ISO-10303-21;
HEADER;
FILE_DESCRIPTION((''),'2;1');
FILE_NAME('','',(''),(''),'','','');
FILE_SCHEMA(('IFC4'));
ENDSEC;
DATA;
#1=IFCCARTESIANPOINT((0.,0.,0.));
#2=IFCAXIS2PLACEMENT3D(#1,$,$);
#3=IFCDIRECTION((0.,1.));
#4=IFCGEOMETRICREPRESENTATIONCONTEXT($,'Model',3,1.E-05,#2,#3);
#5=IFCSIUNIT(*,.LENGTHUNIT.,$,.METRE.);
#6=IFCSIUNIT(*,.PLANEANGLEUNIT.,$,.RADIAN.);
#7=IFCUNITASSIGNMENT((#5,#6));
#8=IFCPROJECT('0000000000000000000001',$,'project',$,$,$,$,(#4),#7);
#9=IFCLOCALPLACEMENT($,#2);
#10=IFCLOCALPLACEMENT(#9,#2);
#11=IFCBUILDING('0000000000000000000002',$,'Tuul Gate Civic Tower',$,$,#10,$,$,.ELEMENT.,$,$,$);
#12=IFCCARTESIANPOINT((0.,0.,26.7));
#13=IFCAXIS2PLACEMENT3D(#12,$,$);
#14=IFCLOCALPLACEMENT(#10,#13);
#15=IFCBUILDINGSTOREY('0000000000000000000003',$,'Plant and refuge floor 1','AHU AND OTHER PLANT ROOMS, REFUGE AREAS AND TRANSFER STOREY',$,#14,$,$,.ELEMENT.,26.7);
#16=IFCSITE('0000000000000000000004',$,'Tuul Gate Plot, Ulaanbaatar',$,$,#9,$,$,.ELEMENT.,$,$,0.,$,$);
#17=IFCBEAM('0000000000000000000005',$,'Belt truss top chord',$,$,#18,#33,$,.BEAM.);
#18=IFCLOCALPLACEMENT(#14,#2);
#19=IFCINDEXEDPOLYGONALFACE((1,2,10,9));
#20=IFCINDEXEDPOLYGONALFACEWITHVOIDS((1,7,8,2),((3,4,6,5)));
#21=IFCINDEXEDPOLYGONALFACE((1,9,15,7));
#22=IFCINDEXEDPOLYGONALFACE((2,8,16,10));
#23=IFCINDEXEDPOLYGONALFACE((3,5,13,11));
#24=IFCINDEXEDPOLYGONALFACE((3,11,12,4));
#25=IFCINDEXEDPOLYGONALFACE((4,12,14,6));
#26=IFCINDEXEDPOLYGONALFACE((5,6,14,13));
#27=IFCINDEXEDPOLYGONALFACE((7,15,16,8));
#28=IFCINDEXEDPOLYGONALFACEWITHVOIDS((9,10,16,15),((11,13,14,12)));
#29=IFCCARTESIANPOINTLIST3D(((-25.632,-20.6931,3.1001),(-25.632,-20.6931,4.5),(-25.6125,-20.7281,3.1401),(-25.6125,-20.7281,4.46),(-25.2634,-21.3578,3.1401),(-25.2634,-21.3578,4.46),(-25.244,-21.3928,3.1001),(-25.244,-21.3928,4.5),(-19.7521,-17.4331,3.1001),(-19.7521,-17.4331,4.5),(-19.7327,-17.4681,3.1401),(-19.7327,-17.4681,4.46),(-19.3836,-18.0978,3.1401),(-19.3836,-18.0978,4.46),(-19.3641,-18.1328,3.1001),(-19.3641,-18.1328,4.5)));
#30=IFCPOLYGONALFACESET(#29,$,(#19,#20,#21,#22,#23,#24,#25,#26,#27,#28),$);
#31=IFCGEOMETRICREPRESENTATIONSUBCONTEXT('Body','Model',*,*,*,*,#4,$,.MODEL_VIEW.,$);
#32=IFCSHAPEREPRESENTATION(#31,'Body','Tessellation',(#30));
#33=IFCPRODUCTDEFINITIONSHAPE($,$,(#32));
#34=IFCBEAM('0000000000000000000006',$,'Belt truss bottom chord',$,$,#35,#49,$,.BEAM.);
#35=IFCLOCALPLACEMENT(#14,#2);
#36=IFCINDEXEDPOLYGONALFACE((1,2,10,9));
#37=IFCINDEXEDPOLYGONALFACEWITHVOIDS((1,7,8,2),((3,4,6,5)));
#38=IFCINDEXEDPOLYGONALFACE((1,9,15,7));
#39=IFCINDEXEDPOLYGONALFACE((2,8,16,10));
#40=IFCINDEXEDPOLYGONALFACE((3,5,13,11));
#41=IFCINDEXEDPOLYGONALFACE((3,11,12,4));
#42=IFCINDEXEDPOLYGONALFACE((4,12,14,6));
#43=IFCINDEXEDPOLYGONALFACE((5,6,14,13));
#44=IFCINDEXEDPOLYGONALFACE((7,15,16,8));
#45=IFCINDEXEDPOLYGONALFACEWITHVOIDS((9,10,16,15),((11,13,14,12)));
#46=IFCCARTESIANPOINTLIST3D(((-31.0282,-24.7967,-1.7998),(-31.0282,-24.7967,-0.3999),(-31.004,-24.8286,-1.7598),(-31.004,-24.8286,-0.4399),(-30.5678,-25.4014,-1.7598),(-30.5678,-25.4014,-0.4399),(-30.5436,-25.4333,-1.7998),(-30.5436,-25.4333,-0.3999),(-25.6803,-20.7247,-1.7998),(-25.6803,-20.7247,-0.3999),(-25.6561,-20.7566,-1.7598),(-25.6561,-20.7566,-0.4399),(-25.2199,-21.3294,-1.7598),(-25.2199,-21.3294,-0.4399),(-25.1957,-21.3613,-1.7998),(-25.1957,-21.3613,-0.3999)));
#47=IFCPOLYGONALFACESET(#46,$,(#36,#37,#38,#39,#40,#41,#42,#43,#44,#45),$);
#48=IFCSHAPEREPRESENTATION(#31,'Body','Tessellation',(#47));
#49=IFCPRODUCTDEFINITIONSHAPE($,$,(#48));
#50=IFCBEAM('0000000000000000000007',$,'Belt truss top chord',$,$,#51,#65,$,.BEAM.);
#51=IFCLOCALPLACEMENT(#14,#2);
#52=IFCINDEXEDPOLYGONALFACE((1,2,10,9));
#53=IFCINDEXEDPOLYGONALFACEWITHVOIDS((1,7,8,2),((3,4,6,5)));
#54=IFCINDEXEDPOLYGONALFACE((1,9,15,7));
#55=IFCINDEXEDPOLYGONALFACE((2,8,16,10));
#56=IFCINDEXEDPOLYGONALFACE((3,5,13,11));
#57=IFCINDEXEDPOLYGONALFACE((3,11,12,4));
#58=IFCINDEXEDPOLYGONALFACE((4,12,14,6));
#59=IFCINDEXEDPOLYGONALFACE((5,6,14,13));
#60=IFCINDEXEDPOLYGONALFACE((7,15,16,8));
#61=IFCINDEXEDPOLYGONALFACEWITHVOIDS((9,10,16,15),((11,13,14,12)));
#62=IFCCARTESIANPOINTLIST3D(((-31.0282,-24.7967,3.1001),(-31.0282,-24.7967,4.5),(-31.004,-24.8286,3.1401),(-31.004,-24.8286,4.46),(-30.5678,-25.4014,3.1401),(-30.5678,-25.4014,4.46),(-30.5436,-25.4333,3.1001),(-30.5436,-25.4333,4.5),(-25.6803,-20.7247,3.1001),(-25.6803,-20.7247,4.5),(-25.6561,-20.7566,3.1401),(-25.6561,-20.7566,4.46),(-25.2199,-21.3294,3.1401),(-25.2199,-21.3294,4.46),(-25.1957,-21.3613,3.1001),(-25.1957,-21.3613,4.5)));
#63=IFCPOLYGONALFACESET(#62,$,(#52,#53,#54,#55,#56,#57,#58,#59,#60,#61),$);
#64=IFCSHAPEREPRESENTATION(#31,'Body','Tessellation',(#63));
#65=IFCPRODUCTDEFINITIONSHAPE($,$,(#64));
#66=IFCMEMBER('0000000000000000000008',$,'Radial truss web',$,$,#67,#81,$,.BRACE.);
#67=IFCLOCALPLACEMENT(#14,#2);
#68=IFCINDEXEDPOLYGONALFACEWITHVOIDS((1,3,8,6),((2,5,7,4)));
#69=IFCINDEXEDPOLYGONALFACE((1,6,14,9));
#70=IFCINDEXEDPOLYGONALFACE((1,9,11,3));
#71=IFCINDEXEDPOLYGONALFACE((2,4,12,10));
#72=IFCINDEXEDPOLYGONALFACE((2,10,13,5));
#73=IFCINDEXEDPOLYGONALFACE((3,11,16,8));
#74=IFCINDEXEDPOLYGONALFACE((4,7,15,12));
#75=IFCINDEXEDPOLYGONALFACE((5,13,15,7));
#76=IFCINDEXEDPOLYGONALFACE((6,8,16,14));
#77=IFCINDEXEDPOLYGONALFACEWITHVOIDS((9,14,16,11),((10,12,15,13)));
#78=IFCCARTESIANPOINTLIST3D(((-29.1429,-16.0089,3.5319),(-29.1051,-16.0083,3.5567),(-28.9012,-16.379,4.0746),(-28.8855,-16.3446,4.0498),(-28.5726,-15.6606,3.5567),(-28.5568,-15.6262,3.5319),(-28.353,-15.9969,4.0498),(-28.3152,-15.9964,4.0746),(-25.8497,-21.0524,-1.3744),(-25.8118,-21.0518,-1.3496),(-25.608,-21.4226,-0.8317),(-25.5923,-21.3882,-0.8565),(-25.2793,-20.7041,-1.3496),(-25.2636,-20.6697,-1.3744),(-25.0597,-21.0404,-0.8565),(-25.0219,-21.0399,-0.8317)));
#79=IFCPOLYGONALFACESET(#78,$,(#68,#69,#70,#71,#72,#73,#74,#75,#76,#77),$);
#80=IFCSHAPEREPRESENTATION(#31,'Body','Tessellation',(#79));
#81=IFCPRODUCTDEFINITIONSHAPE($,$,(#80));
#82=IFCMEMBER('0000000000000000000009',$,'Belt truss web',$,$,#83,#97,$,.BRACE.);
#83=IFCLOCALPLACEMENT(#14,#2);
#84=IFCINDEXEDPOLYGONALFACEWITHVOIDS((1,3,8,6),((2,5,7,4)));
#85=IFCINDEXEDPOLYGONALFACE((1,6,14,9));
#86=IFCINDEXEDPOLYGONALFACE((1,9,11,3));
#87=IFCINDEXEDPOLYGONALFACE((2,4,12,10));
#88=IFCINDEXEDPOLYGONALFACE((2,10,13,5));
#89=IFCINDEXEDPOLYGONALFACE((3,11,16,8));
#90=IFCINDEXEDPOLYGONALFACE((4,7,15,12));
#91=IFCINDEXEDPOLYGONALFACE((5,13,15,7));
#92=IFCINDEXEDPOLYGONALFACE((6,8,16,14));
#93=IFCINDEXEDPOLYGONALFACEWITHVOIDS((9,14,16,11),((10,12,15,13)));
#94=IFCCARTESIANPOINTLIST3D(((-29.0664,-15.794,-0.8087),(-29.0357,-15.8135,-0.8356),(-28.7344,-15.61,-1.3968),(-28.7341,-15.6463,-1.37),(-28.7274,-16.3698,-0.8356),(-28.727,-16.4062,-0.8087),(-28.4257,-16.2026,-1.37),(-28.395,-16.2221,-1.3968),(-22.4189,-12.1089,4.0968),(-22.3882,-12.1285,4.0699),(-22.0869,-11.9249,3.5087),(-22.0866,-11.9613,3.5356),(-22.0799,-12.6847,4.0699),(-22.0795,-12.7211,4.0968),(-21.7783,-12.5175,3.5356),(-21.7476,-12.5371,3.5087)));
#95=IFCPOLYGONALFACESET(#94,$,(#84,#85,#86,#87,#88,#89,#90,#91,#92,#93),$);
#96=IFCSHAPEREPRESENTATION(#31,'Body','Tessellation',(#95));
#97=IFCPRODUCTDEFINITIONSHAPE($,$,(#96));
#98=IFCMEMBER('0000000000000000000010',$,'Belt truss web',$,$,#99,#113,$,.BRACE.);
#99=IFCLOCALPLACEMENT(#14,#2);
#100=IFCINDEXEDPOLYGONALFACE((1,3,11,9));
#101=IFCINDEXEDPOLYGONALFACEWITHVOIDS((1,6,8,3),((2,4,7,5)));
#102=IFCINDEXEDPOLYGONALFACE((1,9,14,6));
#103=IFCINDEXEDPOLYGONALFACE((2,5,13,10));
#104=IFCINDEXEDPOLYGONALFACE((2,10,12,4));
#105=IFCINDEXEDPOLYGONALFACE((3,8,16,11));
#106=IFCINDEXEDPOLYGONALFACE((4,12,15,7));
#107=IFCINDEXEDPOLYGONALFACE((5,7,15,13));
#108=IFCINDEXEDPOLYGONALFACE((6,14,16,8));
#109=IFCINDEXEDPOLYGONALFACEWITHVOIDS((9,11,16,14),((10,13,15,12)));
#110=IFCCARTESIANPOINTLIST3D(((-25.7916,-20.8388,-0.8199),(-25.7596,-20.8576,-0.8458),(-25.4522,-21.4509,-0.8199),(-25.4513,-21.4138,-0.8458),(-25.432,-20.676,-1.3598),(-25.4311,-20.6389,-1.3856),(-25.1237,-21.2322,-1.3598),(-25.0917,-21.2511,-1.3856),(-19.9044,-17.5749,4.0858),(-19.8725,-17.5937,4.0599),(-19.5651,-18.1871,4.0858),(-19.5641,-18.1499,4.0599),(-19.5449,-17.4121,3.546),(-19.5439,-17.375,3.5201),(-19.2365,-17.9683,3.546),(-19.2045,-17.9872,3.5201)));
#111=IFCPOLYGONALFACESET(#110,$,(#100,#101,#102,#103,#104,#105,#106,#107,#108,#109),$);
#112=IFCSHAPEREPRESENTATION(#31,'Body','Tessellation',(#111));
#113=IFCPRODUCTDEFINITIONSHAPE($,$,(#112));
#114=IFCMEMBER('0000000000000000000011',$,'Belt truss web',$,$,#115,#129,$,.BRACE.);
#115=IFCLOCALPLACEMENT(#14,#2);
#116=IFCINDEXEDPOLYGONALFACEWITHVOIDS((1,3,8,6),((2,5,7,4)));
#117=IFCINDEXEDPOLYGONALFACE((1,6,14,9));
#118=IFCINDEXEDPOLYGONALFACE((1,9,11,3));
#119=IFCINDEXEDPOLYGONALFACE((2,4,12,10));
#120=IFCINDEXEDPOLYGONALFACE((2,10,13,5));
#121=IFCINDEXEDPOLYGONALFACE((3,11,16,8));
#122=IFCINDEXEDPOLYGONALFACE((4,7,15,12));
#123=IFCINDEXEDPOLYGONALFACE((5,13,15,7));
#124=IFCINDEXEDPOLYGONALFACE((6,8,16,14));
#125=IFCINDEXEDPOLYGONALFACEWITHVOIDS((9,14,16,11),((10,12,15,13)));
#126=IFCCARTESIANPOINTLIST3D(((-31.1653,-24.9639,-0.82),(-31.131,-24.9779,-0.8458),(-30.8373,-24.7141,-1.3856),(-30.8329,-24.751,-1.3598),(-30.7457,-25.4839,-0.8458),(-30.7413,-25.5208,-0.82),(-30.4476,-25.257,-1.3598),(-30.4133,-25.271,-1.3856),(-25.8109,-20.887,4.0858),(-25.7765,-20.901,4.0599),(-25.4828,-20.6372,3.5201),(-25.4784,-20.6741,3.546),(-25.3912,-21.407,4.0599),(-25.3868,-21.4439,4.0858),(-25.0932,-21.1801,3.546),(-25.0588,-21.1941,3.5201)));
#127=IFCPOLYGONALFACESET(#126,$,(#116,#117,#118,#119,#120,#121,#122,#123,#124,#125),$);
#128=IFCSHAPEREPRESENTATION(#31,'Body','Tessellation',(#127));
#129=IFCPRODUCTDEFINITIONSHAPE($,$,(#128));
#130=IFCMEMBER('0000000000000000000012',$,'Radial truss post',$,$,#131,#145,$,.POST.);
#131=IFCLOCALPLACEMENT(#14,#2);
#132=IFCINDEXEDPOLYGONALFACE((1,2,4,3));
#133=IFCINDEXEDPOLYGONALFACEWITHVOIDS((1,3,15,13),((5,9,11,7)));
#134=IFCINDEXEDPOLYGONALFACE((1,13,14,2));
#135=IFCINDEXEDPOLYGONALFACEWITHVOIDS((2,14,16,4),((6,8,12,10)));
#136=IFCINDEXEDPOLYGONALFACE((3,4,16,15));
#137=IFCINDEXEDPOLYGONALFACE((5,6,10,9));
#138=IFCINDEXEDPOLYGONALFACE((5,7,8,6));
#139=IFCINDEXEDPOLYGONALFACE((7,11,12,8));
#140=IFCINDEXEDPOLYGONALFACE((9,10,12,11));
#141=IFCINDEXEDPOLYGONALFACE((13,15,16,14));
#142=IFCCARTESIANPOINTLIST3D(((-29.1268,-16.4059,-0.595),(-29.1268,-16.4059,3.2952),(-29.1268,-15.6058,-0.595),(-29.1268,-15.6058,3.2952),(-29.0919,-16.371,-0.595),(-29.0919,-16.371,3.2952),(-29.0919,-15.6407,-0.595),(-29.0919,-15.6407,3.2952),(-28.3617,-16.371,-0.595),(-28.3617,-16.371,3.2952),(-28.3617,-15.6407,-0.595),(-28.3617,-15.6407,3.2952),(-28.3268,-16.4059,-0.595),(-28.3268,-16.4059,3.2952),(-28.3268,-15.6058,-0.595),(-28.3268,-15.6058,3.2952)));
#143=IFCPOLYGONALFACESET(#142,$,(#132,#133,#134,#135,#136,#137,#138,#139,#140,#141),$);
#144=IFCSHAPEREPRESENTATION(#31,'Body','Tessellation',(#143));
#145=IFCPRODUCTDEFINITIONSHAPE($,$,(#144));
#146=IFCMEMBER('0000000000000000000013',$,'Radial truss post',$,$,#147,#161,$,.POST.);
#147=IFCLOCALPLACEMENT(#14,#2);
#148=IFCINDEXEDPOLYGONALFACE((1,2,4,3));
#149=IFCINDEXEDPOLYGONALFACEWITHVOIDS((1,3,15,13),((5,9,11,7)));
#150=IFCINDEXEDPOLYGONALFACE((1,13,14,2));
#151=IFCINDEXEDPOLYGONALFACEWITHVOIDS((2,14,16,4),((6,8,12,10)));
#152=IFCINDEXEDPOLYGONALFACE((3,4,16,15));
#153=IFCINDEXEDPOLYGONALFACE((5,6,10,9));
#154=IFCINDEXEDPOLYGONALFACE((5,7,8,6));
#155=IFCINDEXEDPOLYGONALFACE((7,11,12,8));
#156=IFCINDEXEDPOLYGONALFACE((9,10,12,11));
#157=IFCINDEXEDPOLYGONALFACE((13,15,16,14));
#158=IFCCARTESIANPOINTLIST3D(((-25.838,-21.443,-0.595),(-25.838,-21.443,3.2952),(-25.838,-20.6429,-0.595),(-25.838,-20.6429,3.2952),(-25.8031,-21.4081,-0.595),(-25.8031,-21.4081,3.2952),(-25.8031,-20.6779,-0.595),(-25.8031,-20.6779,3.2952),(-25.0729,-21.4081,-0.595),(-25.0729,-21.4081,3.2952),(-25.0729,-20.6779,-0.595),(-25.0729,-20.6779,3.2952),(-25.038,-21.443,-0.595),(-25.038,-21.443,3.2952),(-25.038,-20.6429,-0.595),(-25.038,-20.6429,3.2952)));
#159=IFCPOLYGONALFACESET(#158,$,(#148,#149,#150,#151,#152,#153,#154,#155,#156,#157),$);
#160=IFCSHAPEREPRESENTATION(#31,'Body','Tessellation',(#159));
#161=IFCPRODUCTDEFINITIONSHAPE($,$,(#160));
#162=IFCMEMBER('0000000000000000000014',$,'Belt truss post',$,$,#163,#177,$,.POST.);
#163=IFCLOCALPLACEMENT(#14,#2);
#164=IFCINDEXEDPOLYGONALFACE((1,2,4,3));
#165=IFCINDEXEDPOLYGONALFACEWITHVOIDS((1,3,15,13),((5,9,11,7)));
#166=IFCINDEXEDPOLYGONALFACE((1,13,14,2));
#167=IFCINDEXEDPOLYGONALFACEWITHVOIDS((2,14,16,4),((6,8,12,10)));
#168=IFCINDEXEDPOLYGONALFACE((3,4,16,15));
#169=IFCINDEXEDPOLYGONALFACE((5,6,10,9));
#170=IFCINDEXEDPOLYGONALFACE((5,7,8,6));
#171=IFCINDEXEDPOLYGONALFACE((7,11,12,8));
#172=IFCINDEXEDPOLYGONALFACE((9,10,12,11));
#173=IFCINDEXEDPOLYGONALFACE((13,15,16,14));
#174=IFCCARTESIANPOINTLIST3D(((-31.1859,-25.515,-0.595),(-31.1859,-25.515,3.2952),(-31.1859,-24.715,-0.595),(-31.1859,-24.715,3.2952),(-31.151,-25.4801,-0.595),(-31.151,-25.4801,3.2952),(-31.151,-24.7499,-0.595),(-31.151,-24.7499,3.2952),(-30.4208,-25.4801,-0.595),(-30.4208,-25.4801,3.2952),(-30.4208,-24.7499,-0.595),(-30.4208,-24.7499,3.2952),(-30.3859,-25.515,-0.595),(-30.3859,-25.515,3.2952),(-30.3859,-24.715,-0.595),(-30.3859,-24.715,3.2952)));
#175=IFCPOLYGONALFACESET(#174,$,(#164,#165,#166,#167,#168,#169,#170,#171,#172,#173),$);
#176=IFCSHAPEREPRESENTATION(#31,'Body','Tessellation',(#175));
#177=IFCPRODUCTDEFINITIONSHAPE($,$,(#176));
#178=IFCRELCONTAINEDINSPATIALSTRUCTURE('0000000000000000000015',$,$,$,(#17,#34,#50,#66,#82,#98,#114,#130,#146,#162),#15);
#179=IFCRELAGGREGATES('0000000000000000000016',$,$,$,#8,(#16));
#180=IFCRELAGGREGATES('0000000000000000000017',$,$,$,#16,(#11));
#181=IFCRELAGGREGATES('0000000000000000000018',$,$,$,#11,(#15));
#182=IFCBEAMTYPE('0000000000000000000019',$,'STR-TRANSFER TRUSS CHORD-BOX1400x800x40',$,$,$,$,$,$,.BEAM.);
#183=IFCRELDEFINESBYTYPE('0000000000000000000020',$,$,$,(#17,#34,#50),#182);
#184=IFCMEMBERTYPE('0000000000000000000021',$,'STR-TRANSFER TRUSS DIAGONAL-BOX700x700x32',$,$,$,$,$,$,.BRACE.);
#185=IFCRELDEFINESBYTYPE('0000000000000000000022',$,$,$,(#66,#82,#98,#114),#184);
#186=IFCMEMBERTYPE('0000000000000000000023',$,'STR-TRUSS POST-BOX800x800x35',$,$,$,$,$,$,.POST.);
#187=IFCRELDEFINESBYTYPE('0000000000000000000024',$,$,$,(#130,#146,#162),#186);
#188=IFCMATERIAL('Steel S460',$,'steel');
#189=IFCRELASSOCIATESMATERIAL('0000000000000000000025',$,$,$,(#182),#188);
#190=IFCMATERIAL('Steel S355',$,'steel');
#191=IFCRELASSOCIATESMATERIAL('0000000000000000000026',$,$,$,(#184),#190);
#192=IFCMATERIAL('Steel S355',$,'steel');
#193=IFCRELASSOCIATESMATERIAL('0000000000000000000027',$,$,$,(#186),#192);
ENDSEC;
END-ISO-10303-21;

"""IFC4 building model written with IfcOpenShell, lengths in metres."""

from ifc_helpers import new_model, si_unit, direction, frame, origin, origin_2d, place, context, subcontext, project, spatial, hollow_rectangle, extrude, material, material_profile, profile_set, type_object, element, save


model = new_model("IFC4")

# Units and contexts
model_context = context("Model", 3, precision=1e-05, world=origin(), true_north=direction((0.0, 1.0)))
body_context = subcontext(model_context, "Body", "Model", "MODEL_VIEW")
ifc_project = project(units=[si_unit("LENGTHUNIT", "METRE"), si_unit("PLANEANGLEUNIT", "RADIAN")], contexts=[model_context])

# Site, building, storey
site_placement = place(None, origin())
site = spatial("IfcSite", under=ifc_project, at=site_placement, Name="Tuul Gate Plot, Ulaanbaatar", CompositionType="ELEMENT", RefElevation=0.0)
building_placement = place(site_placement, origin())
building = spatial("IfcBuilding", under=site, at=building_placement, Name="Tuul Gate Civic Tower", CompositionType="ELEMENT")
storey_placement = place(building_placement, frame((0.0, 0.0, 26.7)))
storey = spatial("IfcBuildingStorey", under=building, at=storey_placement, Name="Plant and refuge floor 1", Description="AHU AND OTHER PLANT ROOMS, REFUGE AREAS AND TRANSFER STOREY", CompositionType="ELEMENT", Elevation=26.7)

# Beams
ifc_material_1 = material(Name="Steel S460", Category="steel")
ifc_material_profile_1 = material_profile(ifc_material_1, hollow_rectangle(XDim=0.8, YDim=1.3999, WallThickness=0.04, at=origin_2d()), Name="BOX1400x800x40")
ifc_profile_set_1 = profile_set([ifc_material_profile_1], Name="Steel S460")
beam_type_1 = type_object("IfcBeamType", Name="STR-TRANSFER TRUSS CHORD-BOX1400x800x40", PredefinedType="BEAM", material=ifc_profile_set_1)
for number, where, z_axis, x_axis, name in (
    (1, (-25.438, -21.043, 3.8), (0.874573, 0.484894, 0.0), (-0.484894, 0.874573, 0.0), "Belt truss top chord"),
):
    element("IfcBeam", number, at=place(storey_placement, frame(where, z_axis=z_axis, x_axis=x_axis)), inside=storey, type_object=beam_type_1, Name=name, PredefinedType="BEAM", context=body_context, shape_type="SweptSolid", body=[
        extrude(hollow_rectangle(XDim=0.8, YDim=1.3999, WallThickness=0.04, at=origin_2d()), origin(), (0.0, 0.0, 1.0), 6.7231),
    ])
for number, where, z_axis, x_axis, name in (
    (2, (-30.7859, -25.115, -1.0999), (0.795616, 0.605801, 0.0), (-0.605801, 0.795616, 0.0), "Belt truss bottom chord"),
    (3, (-30.7859, -25.115, 3.8), (0.795616, 0.605801, 0.0), (-0.605801, 0.795616, 0.0), "Belt truss top chord"),
):
    element("IfcBeam", number, at=place(storey_placement, frame(where, z_axis=z_axis, x_axis=x_axis)), inside=storey, type_object=beam_type_1, Name=name, PredefinedType="BEAM", context=body_context, shape_type="SweptSolid", body=[
        extrude(hollow_rectangle(XDim=0.8, YDim=1.3999, WallThickness=0.04, at=origin_2d()), origin(), (0.0, 0.0, 1.0), 6.7217),
    ])

# Members
ifc_material_2 = material(Name="Steel S355", Category="steel")
ifc_material_profile_2 = material_profile(ifc_material_2, hollow_rectangle(XDim=0.7, YDim=0.7, WallThickness=0.032, at=origin_2d()), Name="BOX700x700x32")
ifc_profile_set_2 = profile_set([ifc_material_profile_2], Name="Steel S355")
member_type_1 = type_object("IfcMemberType", Name="STR-TRANSFER TRUSS DIAGONAL-BOX700x700x32", PredefinedType="BRACE", material=ifc_profile_set_2)
member_1_placement = place(storey_placement, frame((-25.4358, -21.0461, -1.103), z_axis=(-0.423907, 0.649201, 0.631539), x_axis=(-0.837306, -0.546734, 0.0)))
element("IfcMember", 4, at=member_1_placement, inside=storey, type_object=member_type_1, Name="Radial truss web", PredefinedType="BRACE", context=body_context, shape_type="SweptSolid", body=[
    extrude(hollow_rectangle(XDim=0.7, YDim=0.7, WallThickness=0.032, at=origin_2d()), origin(), (0.0, 0.0, 1.0), 7.7688),
])
member_2_placement = place(storey_placement, frame((-28.7307, -16.0081, -1.1028), z_axis=(0.73484, 0.407363, 0.542278), x_axis=(-0.484841, 0.874602, 0.0)))
element("IfcMember", 5, at=member_2_placement, inside=storey, type_object=member_type_1, Name="Belt truss web", PredefinedType="BRACE", context=body_context, shape_type="SweptSolid", body=[
    extrude(hollow_rectangle(XDim=0.7, YDim=0.7, WallThickness=0.032, at=origin_2d()), origin(), (0.0, 0.0, 1.0), 9.0461),
])
member_3_placement = place(storey_placement, frame((-25.4417, -21.0449, -1.1028), z_axis=(0.706799, 0.391855, 0.58897), x_axis=(-0.484876, 0.874583, 0.0)))
element("IfcMember", 6, at=member_3_placement, inside=storey, type_object=member_type_1, Name="Belt truss web", PredefinedType="BRACE", context=body_context, shape_type="SweptSolid", body=[
    extrude(hollow_rectangle(XDim=0.7, YDim=0.7, WallThickness=0.032, at=origin_2d()), origin(), (0.0, 0.0, 1.0), 8.3293),
])
member_4_placement = place(storey_placement, frame((-30.7893, -25.1174, -1.1028), z_axis=(0.642938, 0.489532, 0.589057), x_axis=(-0.605789, 0.795626, 0.0)))
element("IfcMember", 7, at=member_4_placement, inside=storey, type_object=member_type_1, Name="Belt truss web", PredefinedType="BRACE", context=body_context, shape_type="SweptSolid", body=[
    extrude(hollow_rectangle(XDim=0.7, YDim=0.7, WallThickness=0.032, at=origin_2d()), origin(), (0.0, 0.0, 1.0), 8.3281),
])
ifc_material_3 = material(Name="Steel S355", Category="steel")
ifc_material_profile_3 = material_profile(ifc_material_3, hollow_rectangle(XDim=0.8, YDim=0.8, WallThickness=0.0349, at=origin_2d()), Name="BOX800x800x35")
ifc_profile_set_3 = profile_set([ifc_material_profile_3], Name="Steel S355")
member_type_2 = type_object("IfcMemberType", Name="STR-TRUSS POST-BOX800x800x35", PredefinedType="POST", material=ifc_profile_set_3)
for number, where, z_axis, x_axis, name in (
    (8, (-28.7268, -16.0059, -0.595), (0.0, 0.0, 1.0), (1.0, 0.0, 0.0), "Radial truss post"),
    (9, (-25.438, -21.043, -0.595), (0.0, 0.0, 1.0), (1.0, 0.0, 0.0), "Radial truss post"),
    (10, (-30.7859, -25.115, -0.595), (0.0, 0.0, 1.0), (1.0, 0.0, 0.0), "Belt truss post"),
):
    element("IfcMember", number, at=place(storey_placement, frame(where, z_axis=z_axis, x_axis=x_axis)), inside=storey, type_object=member_type_2, Name=name, PredefinedType="POST", context=body_context, shape_type="SweptSolid", body=[
        extrude(hollow_rectangle(XDim=0.8, YDim=0.8, WallThickness=0.0349, at=origin_2d()), origin(), (0.0, 0.0, 1.0), 3.8901),
    ])

save(model, "model.ifc")
